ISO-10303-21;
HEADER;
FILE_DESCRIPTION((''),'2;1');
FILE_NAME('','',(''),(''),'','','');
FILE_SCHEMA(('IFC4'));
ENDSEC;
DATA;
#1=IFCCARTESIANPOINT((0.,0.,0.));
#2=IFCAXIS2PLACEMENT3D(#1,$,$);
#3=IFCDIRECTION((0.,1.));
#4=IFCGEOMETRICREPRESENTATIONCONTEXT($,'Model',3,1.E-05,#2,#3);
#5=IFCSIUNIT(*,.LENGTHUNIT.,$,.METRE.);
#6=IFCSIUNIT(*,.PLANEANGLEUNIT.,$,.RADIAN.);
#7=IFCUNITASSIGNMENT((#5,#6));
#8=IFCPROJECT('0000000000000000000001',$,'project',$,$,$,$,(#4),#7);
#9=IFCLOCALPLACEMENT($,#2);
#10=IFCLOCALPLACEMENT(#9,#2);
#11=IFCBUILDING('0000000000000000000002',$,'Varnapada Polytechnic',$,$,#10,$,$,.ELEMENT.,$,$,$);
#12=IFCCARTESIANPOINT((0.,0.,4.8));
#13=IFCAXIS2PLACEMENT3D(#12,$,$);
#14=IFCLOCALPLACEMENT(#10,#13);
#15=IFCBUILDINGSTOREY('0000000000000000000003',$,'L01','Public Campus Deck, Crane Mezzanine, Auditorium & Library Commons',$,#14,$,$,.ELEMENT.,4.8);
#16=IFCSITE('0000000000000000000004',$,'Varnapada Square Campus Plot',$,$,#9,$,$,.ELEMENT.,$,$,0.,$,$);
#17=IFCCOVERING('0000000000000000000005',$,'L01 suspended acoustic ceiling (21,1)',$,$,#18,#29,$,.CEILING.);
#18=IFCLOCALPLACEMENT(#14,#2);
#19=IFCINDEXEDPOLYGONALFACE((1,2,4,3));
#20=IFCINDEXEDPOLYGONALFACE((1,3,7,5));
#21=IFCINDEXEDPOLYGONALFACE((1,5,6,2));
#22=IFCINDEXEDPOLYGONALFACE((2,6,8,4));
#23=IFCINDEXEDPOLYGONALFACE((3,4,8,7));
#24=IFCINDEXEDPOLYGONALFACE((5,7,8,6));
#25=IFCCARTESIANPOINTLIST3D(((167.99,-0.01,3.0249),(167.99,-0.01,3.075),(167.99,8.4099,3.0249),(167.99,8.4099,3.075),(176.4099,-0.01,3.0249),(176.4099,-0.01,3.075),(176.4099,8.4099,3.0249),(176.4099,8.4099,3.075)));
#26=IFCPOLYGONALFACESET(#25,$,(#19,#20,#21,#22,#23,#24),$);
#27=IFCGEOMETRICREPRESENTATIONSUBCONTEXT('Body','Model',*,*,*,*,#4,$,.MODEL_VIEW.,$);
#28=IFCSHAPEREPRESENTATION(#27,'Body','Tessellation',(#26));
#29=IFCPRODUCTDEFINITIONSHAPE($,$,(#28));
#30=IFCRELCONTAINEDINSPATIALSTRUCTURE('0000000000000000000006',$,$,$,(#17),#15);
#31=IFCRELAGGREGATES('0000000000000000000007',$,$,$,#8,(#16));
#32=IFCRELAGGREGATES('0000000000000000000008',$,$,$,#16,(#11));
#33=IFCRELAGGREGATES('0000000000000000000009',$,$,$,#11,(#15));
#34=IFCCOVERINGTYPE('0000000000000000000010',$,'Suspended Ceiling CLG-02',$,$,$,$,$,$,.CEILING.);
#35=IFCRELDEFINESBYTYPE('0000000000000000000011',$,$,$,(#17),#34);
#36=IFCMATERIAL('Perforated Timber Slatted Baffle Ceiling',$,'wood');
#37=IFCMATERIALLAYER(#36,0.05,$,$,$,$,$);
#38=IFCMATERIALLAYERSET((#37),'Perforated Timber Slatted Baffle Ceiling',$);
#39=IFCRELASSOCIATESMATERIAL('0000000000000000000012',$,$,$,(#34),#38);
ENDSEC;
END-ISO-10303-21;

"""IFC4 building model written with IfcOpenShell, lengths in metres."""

from ifc_helpers import new_model, si_unit, direction, frame, origin, origin_2d, place, context, subcontext, project, spatial, rectangle, extrude, material, layer, layer_set, type_object, element, save


model = new_model("IFC4")

# Units and contexts
model_context = context("Model", 3, precision=1e-05, world=origin(), true_north=direction((0.0, 1.0)))
body_context = subcontext(model_context, "Body", "Model", "MODEL_VIEW")
ifc_project = project(units=[si_unit("LENGTHUNIT", "METRE"), si_unit("PLANEANGLEUNIT", "RADIAN")], contexts=[model_context])

# Site, building, storey
site_placement = place(None, origin())
site = spatial("IfcSite", under=ifc_project, at=site_placement, Name="Varnapada Square Campus Plot", CompositionType="ELEMENT", RefElevation=0.0)
building_placement = place(site_placement, origin())
building = spatial("IfcBuilding", under=site, at=building_placement, Name="Varnapada Polytechnic", CompositionType="ELEMENT")
storey_placement = place(building_placement, frame((0.0, 0.0, 4.8)))
storey = spatial("IfcBuildingStorey", under=building, at=storey_placement, Name="L01", Description="Public Campus Deck, Crane Mezzanine, Auditorium & Library Commons", CompositionType="ELEMENT", Elevation=4.8)

# Covering
ifc_material_1 = material(Name="Perforated Timber Slatted Baffle Ceiling", Category="wood")
ifc_layer_1 = layer(ifc_material_1, 0.05)
ifc_layer_set_1 = layer_set([ifc_layer_1], Name="Perforated Timber Slatted Baffle Ceiling")
covering_type = type_object("IfcCoveringType", Name="Suspended Ceiling CLG-02", PredefinedType="CEILING", material=ifc_layer_set_1)
covering_placement = place(storey_placement, frame((172.2, 4.2, 3.0249), z_axis=(0.0, 0.0, 1.0), x_axis=(1.0, 0.0, 0.0)))
element("IfcCovering", 1, at=covering_placement, inside=storey, type_object=covering_type, Name="L01 suspended acoustic ceiling (21,1)", PredefinedType="CEILING", context=body_context, shape_type="SweptSolid", body=[
    extrude(rectangle(XDim=8.4199, YDim=8.4199, at=origin_2d()), origin(), (0.0, 0.0, 1.0), 0.05),
])

save(model, "model.ifc")
